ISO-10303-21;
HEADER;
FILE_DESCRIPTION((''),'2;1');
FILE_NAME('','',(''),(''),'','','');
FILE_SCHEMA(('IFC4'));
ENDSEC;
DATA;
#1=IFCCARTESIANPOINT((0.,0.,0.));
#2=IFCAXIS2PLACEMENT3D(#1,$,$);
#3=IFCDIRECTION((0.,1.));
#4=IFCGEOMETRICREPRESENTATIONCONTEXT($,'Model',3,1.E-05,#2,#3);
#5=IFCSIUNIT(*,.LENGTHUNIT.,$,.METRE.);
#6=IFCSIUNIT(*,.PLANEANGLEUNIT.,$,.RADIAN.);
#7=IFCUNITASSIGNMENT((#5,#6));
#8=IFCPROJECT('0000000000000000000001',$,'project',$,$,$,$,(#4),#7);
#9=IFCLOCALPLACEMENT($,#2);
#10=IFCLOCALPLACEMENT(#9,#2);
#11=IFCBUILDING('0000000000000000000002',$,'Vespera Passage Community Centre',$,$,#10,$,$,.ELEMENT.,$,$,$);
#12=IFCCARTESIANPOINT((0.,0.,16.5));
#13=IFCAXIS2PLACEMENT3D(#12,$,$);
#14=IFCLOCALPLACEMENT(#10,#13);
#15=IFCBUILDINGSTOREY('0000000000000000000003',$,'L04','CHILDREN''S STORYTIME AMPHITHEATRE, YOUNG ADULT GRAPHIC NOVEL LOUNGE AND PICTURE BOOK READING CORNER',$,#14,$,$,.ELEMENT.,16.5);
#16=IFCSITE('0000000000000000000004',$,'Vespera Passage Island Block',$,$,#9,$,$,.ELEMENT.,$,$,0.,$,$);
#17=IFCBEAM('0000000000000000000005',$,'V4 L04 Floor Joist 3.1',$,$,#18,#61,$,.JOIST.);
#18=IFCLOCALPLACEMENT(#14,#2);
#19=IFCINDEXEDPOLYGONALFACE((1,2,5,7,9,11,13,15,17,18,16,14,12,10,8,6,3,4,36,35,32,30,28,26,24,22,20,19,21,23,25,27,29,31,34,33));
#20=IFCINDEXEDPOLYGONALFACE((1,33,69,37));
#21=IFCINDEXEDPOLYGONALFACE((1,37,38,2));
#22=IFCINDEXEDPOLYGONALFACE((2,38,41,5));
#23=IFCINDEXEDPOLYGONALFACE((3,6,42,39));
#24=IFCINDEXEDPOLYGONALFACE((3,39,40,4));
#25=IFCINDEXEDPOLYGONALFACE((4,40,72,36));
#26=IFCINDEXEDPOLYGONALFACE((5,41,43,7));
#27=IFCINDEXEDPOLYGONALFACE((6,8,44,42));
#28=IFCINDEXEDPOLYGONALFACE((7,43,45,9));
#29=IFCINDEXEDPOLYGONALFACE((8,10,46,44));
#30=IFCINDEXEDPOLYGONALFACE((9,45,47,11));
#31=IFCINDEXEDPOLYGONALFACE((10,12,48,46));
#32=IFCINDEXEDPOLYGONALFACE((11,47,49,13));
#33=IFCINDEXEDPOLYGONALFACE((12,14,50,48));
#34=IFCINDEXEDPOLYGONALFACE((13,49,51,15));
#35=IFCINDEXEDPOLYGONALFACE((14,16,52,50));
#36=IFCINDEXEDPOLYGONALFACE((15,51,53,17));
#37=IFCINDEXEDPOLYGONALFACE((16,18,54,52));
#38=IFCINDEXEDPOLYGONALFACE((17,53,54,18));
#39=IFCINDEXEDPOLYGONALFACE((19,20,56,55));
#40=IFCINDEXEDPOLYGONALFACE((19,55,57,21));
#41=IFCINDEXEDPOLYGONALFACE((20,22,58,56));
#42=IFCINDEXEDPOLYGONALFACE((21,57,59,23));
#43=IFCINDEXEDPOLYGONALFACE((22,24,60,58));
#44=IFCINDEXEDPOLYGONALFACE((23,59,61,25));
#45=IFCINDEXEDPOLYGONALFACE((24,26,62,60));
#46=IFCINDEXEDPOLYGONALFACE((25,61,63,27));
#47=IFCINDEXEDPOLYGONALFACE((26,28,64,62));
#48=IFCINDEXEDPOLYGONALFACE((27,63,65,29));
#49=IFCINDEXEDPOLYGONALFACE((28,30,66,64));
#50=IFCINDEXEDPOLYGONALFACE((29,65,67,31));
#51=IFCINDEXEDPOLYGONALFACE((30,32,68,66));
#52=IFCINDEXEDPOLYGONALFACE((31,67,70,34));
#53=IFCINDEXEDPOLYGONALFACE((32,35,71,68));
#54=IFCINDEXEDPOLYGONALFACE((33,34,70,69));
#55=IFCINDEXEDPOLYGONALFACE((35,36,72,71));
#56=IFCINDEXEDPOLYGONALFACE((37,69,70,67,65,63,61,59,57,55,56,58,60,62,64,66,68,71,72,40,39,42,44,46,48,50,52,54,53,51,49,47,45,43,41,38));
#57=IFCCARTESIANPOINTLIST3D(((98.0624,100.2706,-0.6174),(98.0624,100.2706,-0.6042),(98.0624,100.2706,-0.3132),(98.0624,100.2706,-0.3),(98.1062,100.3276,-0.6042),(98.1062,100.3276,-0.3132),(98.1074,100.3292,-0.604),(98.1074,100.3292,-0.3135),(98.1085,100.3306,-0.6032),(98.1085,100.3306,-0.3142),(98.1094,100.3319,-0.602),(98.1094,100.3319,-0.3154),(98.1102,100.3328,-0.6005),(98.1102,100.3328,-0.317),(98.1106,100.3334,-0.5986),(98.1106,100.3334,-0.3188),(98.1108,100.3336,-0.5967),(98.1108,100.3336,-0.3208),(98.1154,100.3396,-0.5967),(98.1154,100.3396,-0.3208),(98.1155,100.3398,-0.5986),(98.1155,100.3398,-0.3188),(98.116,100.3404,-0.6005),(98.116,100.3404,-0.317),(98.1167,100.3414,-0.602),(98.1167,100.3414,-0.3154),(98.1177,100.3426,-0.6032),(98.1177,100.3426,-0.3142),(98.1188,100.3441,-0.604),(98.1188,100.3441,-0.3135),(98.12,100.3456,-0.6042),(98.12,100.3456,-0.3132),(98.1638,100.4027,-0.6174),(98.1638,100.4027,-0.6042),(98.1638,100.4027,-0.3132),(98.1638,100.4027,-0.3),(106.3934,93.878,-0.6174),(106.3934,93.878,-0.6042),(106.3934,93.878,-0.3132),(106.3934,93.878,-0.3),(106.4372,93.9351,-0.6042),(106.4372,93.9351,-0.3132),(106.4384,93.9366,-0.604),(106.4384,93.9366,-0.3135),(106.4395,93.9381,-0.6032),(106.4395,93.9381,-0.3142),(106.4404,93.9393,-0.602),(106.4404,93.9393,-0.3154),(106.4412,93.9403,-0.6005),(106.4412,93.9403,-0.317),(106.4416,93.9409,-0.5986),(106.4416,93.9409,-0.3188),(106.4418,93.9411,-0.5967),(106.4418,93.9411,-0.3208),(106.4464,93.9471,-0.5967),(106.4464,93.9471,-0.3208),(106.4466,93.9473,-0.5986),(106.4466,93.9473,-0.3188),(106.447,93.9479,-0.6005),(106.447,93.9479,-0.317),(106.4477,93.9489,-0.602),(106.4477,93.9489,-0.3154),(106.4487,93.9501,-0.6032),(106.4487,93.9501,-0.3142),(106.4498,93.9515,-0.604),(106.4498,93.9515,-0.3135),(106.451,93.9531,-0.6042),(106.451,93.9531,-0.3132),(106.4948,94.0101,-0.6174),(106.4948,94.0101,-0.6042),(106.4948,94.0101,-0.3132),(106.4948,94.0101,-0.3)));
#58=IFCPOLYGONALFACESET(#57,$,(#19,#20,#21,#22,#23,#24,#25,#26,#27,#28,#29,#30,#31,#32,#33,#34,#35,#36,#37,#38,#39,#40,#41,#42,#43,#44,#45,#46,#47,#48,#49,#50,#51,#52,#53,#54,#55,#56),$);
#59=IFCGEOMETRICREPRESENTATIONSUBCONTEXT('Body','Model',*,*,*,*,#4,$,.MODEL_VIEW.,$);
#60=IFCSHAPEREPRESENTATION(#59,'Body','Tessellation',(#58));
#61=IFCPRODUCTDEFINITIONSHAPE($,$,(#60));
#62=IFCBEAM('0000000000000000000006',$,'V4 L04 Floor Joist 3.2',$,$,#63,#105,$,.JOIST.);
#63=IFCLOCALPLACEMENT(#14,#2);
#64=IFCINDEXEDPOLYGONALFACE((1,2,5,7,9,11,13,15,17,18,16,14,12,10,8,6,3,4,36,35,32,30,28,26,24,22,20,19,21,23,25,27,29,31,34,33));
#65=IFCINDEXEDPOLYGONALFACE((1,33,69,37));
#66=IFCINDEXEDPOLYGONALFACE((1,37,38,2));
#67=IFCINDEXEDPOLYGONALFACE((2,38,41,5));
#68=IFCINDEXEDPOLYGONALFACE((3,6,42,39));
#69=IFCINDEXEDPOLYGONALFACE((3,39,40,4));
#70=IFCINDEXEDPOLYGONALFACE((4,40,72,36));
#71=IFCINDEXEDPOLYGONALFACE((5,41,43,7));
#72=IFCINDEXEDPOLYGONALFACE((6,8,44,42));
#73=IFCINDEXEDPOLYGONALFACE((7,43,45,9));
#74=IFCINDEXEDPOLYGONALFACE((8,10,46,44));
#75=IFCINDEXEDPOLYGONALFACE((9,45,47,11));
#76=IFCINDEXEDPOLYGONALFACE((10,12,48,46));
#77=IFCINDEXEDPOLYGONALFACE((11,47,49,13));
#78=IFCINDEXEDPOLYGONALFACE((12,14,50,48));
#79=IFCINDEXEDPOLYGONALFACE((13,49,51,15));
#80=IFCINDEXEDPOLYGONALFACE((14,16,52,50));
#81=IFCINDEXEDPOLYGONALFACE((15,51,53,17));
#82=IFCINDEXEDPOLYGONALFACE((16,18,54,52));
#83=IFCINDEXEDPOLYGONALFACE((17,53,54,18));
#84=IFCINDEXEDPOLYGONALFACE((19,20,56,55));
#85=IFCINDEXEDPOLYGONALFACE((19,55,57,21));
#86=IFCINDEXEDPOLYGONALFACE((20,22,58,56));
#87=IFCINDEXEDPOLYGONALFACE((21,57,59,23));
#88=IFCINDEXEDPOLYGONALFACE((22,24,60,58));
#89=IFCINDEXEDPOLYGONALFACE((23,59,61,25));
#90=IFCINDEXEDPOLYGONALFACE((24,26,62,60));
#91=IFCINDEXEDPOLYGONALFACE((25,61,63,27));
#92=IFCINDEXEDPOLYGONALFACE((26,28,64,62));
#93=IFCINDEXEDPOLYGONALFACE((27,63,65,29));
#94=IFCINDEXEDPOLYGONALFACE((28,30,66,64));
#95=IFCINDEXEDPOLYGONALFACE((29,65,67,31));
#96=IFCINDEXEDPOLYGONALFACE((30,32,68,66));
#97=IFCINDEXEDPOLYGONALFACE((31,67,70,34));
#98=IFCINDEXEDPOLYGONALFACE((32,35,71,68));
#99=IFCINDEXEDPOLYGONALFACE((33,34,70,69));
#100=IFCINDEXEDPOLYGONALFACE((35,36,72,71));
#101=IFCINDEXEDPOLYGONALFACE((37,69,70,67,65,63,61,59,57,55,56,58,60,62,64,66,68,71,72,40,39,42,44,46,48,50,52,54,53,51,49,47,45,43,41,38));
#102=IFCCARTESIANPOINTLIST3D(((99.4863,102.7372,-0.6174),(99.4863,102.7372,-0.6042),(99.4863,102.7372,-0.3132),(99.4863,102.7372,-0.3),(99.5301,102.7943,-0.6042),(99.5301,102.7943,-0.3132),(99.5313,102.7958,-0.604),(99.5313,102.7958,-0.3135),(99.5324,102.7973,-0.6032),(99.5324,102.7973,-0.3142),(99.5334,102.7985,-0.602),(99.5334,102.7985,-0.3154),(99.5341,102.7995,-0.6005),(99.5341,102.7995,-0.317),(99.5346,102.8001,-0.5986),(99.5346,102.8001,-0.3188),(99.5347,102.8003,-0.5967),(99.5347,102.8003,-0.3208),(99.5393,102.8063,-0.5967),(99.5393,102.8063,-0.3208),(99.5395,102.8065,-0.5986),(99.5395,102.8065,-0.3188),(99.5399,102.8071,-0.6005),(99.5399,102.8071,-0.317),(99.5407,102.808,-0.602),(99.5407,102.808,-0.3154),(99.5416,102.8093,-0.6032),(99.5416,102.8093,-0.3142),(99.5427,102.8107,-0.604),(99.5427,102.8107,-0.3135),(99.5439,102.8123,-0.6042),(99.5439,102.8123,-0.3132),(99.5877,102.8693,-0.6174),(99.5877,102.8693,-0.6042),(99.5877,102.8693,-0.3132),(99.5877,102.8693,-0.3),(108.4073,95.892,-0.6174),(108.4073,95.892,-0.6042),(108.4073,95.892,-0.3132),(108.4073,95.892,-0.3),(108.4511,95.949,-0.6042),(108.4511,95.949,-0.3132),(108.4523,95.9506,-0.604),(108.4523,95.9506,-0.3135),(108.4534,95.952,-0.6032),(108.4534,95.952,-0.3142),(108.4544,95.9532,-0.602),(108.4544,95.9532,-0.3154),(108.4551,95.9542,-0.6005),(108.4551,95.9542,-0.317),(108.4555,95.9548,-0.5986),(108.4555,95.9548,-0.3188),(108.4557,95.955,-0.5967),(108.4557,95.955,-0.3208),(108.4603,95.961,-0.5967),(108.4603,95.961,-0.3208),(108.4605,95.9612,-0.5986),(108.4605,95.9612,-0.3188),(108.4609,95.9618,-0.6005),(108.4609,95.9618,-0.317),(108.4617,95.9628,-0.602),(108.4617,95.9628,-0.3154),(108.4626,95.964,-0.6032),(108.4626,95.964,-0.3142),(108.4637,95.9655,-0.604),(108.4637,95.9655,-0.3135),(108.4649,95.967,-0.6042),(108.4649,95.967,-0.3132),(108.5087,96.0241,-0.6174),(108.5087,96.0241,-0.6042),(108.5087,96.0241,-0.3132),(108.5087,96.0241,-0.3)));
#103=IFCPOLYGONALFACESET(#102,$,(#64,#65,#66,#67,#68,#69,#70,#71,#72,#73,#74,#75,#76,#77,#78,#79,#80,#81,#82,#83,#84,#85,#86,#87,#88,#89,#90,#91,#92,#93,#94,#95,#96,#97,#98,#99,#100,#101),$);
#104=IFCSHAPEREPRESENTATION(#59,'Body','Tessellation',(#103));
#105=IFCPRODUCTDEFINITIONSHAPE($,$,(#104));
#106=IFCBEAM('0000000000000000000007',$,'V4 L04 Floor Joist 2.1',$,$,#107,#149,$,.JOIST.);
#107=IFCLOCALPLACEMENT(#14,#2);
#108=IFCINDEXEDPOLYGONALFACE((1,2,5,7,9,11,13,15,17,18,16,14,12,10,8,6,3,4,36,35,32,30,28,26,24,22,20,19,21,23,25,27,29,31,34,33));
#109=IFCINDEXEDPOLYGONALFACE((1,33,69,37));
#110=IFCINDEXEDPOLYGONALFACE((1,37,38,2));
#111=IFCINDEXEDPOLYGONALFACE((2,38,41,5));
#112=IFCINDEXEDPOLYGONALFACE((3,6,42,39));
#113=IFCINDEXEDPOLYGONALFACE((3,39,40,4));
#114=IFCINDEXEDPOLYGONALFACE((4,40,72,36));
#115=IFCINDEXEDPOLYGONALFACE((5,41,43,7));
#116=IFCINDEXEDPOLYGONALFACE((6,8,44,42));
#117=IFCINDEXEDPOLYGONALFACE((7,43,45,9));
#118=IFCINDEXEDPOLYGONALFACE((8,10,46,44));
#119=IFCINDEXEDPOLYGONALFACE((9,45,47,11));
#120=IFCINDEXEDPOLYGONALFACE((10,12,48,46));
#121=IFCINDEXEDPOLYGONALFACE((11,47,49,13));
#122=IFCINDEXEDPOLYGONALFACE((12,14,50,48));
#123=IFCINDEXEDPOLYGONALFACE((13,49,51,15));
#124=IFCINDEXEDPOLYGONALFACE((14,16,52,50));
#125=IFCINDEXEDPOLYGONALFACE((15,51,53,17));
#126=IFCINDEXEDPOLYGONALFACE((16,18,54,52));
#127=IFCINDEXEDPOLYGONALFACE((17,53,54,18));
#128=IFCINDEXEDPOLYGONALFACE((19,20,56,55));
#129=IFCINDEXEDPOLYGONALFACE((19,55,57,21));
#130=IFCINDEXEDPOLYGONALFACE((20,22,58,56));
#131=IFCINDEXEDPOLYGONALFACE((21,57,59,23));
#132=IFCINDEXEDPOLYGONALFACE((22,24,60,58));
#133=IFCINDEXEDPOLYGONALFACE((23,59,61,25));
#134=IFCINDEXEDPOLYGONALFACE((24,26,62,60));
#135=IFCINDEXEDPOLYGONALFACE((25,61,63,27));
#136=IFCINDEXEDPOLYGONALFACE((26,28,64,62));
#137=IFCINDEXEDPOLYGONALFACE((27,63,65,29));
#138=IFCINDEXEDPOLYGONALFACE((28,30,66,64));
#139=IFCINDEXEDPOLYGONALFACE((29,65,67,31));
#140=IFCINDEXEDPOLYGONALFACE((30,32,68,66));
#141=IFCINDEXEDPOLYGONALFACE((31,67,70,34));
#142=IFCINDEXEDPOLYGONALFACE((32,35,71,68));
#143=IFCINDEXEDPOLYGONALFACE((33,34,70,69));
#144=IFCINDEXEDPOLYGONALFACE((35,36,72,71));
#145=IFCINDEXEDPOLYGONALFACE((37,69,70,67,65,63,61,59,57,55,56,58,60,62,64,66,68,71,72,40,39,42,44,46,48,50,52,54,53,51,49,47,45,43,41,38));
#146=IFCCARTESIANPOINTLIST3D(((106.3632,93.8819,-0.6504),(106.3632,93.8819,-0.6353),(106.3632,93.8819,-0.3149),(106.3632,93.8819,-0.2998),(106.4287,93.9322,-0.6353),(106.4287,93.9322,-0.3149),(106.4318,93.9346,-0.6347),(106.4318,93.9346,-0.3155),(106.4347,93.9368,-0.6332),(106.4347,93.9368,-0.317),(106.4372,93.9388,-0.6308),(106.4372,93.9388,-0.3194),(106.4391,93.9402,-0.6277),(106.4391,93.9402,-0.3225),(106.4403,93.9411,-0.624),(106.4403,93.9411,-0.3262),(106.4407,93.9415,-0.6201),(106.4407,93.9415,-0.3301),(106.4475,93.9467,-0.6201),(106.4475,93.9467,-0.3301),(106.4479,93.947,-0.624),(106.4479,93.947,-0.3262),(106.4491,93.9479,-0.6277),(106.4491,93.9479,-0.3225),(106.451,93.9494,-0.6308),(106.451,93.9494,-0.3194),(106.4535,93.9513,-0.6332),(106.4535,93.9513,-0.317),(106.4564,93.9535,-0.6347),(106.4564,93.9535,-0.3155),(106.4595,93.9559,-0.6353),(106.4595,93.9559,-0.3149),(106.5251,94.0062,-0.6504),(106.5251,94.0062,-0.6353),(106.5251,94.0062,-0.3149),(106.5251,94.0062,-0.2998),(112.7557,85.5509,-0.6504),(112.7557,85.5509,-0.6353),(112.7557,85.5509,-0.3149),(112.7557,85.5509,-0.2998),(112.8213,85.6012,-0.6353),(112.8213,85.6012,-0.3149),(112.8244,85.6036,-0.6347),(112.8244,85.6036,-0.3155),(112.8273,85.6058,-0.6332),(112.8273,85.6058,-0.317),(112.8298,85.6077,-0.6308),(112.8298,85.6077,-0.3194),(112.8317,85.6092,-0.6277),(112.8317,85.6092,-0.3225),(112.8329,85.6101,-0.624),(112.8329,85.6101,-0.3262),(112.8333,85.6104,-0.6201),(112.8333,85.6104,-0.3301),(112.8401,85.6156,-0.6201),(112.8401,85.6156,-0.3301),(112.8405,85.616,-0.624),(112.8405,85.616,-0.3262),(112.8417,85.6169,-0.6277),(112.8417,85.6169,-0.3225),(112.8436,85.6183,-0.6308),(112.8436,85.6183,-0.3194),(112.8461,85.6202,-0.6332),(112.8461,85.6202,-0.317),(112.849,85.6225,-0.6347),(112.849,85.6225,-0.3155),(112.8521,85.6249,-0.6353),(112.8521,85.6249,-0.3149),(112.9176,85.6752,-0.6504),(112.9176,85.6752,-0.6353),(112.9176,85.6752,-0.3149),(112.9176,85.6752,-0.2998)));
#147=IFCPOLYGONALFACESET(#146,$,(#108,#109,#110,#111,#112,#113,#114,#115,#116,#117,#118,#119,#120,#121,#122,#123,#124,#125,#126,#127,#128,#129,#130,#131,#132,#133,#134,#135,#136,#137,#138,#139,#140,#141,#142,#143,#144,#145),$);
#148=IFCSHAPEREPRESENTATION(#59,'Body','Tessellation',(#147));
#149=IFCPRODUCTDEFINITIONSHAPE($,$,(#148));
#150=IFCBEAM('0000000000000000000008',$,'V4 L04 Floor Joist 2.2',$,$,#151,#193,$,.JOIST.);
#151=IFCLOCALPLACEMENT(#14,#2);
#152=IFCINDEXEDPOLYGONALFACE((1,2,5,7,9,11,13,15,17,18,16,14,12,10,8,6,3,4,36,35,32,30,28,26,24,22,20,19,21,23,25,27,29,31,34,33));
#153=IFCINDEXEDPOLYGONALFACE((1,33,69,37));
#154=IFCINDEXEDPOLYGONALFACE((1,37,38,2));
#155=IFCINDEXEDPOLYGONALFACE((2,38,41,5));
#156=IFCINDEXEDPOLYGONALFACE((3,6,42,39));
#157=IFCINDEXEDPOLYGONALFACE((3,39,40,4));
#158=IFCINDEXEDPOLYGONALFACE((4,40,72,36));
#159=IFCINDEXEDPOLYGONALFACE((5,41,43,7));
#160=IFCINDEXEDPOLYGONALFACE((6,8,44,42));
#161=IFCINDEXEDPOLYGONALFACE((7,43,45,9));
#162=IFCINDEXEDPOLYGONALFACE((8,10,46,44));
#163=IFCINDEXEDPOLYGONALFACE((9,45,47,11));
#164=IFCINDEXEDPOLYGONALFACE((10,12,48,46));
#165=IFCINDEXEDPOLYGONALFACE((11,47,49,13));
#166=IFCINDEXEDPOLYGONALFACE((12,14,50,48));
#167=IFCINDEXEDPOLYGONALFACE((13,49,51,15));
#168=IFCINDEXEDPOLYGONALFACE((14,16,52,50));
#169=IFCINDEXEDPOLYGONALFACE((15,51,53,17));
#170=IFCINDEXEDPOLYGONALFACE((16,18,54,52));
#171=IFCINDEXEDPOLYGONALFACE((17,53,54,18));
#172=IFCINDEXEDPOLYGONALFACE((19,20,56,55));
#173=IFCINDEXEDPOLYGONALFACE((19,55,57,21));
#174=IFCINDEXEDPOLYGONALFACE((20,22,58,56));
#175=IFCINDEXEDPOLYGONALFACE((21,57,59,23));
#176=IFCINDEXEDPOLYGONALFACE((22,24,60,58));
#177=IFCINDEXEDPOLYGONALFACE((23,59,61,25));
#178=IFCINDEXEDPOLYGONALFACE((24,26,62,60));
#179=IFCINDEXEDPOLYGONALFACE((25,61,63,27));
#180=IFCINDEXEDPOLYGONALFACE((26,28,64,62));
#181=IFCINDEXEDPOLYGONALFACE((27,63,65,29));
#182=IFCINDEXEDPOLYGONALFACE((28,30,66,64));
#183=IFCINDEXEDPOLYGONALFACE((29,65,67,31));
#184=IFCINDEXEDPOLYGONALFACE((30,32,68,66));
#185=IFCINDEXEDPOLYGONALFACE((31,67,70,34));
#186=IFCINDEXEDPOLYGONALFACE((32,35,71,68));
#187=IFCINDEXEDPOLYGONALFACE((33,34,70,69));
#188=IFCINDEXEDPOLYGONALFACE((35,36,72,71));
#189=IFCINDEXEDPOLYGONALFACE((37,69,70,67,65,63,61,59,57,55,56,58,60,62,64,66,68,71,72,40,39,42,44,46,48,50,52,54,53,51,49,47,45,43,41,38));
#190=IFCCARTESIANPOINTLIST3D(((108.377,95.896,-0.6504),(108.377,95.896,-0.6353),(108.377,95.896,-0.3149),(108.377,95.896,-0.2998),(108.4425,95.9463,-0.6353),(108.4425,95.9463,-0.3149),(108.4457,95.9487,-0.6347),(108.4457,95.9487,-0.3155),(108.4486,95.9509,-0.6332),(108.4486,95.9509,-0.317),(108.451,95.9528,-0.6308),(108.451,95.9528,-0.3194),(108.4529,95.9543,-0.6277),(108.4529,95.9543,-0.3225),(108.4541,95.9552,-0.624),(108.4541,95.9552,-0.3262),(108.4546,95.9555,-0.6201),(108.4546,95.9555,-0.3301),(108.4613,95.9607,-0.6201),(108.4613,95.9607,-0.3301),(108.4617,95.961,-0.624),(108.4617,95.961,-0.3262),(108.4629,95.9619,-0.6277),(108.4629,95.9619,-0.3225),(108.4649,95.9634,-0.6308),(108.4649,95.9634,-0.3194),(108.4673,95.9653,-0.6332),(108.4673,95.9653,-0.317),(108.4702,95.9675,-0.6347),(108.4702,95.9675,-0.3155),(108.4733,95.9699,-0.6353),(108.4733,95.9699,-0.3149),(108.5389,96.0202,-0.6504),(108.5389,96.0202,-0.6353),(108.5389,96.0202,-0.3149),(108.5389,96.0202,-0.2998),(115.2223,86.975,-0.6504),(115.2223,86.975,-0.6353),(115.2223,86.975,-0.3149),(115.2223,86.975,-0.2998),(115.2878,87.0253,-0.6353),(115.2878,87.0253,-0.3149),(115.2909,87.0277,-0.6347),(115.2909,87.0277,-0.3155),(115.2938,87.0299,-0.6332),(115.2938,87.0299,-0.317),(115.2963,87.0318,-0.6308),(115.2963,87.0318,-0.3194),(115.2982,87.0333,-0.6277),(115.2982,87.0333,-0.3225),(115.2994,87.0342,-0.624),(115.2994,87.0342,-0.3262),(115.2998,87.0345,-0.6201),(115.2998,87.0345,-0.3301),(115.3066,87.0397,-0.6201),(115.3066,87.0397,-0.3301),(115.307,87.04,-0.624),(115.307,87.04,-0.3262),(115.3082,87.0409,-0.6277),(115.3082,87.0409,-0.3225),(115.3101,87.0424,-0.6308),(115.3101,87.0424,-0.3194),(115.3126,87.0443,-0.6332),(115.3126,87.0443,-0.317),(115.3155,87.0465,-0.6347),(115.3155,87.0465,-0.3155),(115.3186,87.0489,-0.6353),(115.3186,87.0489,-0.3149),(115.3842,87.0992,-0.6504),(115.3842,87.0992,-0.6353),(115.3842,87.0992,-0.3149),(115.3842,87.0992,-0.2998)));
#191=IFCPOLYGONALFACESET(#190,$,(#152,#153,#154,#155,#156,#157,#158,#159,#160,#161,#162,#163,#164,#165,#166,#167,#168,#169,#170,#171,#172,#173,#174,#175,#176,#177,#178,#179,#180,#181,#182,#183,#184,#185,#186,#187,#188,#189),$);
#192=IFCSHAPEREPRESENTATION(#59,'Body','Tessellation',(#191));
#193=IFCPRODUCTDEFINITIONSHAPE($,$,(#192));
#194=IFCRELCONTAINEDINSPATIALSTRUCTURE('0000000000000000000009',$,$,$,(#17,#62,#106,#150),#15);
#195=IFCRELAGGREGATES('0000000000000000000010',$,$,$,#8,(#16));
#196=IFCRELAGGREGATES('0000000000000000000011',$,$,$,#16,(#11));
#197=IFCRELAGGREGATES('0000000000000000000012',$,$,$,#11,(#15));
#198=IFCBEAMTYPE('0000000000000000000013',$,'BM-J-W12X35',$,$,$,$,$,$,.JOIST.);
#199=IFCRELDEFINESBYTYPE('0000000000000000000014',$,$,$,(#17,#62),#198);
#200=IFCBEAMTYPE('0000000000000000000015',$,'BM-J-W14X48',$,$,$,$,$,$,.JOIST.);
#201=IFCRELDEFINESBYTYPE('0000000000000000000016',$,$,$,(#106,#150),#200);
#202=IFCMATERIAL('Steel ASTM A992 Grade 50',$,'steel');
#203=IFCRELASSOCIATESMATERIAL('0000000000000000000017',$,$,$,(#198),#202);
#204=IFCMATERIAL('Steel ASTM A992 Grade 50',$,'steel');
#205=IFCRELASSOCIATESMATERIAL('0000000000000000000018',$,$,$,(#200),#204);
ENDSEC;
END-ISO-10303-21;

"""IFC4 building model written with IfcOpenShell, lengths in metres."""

from ifc_helpers import new_model, si_unit, direction, frame, origin, origin_2d, place, context, subcontext, project, spatial, i_section, extrude, material, material_profile, profile_set, type_object, element, save


model = new_model("IFC4")

# Units and contexts
model_context = context("Model", 3, precision=1e-05, world=origin(), true_north=direction((0.0, 1.0)))
body_context = subcontext(model_context, "Body", "Model", "MODEL_VIEW")
ifc_project = project(units=[si_unit("LENGTHUNIT", "METRE"), si_unit("PLANEANGLEUNIT", "RADIAN")], contexts=[model_context])

# Site, building, storey
site_placement = place(None, origin())
site = spatial("IfcSite", under=ifc_project, at=site_placement, Name="Vespera Passage Island Block", CompositionType="ELEMENT", RefElevation=0.0)
building_placement = place(site_placement, origin())
building = spatial("IfcBuilding", under=site, at=building_placement, Name="Vespera Passage Community Centre", CompositionType="ELEMENT")
storey_placement = place(building_placement, frame((0.0, 0.0, 16.5)))
storey = spatial("IfcBuildingStorey", under=building, at=storey_placement, Name="L04", Description="CHILDREN'S STORYTIME AMPHITHEATRE, YOUNG ADULT GRAPHIC NOVEL LOUNGE AND PICTURE BOOK READING CORNER", CompositionType="ELEMENT", Elevation=16.5)

# Beams
ifc_material_1 = material(Name="Steel ASTM A992 Grade 50", Category="steel")
ifc_material_profile_1 = material_profile(ifc_material_1, i_section(OverallWidth=0.1665, OverallDepth=0.3174, WebThickness=0.0076, FlangeThickness=0.0132, FilletRadius=0.0076, at=origin_2d()), Name="W12X35")
ifc_profile_set_1 = profile_set([ifc_material_profile_1], Name="Steel ASTM A992 Grade 50")
beam_type_1 = type_object("IfcBeamType", Name="BM-J-W12X35", PredefinedType="JOIST", material=ifc_profile_set_1)
beam_1_placement = place(storey_placement, frame((106.4441, 93.9441, -0.4587), z_axis=(-0.793356, 0.608758, 0.0), x_axis=(-0.608758, -0.793356, 0.0)))
element("IfcBeam", 1, at=beam_1_placement, inside=storey, type_object=beam_type_1, Name="V4 L04 Floor Joist 3.1", PredefinedType="JOIST", context=body_context, shape_type="SweptSolid", body=[
    extrude(i_section(OverallWidth=0.1665, OverallDepth=0.3174, WebThickness=0.0076, FlangeThickness=0.0132, FilletRadius=0.0076, at=origin_2d()), origin(), (0.0, 0.0, 1.0), 10.501),
])
beam_2_placement = place(storey_placement, frame((108.458, 95.958, -0.4587), z_axis=(-0.793355, 0.60876, 0.0), x_axis=(-0.60876, -0.793355, 0.0)))
element("IfcBeam", 2, at=beam_2_placement, inside=storey, type_object=beam_type_1, Name="V4 L04 Floor Joist 3.2", PredefinedType="JOIST", context=body_context, shape_type="SweptSolid", body=[
    extrude(i_section(OverallWidth=0.1665, OverallDepth=0.3174, WebThickness=0.0076, FlangeThickness=0.0132, FilletRadius=0.0076, at=origin_2d()), origin(), (0.0, 0.0, 1.0), 11.2446),
])
ifc_material_2 = material(Name="Steel ASTM A992 Grade 50", Category="steel")
ifc_material_profile_2 = material_profile(ifc_material_2, i_section(OverallWidth=0.2041, OverallDepth=0.3506, WebThickness=0.0085, FlangeThickness=0.0151, FilletRadius=0.0151, at=origin_2d()), Name="W14X48")
ifc_profile_set_2 = profile_set([ifc_material_profile_2], Name="Steel ASTM A992 Grade 50")
beam_type_2 = type_object("IfcBeamType", Name="BM-J-W14X48", PredefinedType="JOIST", material=ifc_profile_set_2)
beam_3_placement = place(storey_placement, frame((112.8367, 85.613, -0.4751), z_axis=(-0.608758, 0.793356, 0.0), x_axis=(-0.793356, -0.608758, 0.0)))
element("IfcBeam", 3, at=beam_3_placement, inside=storey, type_object=beam_type_2, Name="V4 L04 Floor Joist 2.1", PredefinedType="JOIST", context=body_context, shape_type="SweptSolid", body=[
    extrude(i_section(OverallWidth=0.2041, OverallDepth=0.3506, WebThickness=0.0085, FlangeThickness=0.0151, FilletRadius=0.0151, at=origin_2d()), origin(), (0.0, 0.0, 1.0), 10.501),
])
beam_4_placement = place(storey_placement, frame((115.3032, 87.0371, -0.4751), z_axis=(-0.60876, 0.793355, 0.0), x_axis=(-0.793355, -0.60876, 0.0)))
element("IfcBeam", 4, at=beam_4_placement, inside=storey, type_object=beam_type_2, Name="V4 L04 Floor Joist 2.2", PredefinedType="JOIST", context=body_context, shape_type="SweptSolid", body=[
    extrude(i_section(OverallWidth=0.2041, OverallDepth=0.3506, WebThickness=0.0085, FlangeThickness=0.0151, FilletRadius=0.0151, at=origin_2d()), origin(), (0.0, 0.0, 1.0), 11.2446),
])

save(model, "model.ifc")
